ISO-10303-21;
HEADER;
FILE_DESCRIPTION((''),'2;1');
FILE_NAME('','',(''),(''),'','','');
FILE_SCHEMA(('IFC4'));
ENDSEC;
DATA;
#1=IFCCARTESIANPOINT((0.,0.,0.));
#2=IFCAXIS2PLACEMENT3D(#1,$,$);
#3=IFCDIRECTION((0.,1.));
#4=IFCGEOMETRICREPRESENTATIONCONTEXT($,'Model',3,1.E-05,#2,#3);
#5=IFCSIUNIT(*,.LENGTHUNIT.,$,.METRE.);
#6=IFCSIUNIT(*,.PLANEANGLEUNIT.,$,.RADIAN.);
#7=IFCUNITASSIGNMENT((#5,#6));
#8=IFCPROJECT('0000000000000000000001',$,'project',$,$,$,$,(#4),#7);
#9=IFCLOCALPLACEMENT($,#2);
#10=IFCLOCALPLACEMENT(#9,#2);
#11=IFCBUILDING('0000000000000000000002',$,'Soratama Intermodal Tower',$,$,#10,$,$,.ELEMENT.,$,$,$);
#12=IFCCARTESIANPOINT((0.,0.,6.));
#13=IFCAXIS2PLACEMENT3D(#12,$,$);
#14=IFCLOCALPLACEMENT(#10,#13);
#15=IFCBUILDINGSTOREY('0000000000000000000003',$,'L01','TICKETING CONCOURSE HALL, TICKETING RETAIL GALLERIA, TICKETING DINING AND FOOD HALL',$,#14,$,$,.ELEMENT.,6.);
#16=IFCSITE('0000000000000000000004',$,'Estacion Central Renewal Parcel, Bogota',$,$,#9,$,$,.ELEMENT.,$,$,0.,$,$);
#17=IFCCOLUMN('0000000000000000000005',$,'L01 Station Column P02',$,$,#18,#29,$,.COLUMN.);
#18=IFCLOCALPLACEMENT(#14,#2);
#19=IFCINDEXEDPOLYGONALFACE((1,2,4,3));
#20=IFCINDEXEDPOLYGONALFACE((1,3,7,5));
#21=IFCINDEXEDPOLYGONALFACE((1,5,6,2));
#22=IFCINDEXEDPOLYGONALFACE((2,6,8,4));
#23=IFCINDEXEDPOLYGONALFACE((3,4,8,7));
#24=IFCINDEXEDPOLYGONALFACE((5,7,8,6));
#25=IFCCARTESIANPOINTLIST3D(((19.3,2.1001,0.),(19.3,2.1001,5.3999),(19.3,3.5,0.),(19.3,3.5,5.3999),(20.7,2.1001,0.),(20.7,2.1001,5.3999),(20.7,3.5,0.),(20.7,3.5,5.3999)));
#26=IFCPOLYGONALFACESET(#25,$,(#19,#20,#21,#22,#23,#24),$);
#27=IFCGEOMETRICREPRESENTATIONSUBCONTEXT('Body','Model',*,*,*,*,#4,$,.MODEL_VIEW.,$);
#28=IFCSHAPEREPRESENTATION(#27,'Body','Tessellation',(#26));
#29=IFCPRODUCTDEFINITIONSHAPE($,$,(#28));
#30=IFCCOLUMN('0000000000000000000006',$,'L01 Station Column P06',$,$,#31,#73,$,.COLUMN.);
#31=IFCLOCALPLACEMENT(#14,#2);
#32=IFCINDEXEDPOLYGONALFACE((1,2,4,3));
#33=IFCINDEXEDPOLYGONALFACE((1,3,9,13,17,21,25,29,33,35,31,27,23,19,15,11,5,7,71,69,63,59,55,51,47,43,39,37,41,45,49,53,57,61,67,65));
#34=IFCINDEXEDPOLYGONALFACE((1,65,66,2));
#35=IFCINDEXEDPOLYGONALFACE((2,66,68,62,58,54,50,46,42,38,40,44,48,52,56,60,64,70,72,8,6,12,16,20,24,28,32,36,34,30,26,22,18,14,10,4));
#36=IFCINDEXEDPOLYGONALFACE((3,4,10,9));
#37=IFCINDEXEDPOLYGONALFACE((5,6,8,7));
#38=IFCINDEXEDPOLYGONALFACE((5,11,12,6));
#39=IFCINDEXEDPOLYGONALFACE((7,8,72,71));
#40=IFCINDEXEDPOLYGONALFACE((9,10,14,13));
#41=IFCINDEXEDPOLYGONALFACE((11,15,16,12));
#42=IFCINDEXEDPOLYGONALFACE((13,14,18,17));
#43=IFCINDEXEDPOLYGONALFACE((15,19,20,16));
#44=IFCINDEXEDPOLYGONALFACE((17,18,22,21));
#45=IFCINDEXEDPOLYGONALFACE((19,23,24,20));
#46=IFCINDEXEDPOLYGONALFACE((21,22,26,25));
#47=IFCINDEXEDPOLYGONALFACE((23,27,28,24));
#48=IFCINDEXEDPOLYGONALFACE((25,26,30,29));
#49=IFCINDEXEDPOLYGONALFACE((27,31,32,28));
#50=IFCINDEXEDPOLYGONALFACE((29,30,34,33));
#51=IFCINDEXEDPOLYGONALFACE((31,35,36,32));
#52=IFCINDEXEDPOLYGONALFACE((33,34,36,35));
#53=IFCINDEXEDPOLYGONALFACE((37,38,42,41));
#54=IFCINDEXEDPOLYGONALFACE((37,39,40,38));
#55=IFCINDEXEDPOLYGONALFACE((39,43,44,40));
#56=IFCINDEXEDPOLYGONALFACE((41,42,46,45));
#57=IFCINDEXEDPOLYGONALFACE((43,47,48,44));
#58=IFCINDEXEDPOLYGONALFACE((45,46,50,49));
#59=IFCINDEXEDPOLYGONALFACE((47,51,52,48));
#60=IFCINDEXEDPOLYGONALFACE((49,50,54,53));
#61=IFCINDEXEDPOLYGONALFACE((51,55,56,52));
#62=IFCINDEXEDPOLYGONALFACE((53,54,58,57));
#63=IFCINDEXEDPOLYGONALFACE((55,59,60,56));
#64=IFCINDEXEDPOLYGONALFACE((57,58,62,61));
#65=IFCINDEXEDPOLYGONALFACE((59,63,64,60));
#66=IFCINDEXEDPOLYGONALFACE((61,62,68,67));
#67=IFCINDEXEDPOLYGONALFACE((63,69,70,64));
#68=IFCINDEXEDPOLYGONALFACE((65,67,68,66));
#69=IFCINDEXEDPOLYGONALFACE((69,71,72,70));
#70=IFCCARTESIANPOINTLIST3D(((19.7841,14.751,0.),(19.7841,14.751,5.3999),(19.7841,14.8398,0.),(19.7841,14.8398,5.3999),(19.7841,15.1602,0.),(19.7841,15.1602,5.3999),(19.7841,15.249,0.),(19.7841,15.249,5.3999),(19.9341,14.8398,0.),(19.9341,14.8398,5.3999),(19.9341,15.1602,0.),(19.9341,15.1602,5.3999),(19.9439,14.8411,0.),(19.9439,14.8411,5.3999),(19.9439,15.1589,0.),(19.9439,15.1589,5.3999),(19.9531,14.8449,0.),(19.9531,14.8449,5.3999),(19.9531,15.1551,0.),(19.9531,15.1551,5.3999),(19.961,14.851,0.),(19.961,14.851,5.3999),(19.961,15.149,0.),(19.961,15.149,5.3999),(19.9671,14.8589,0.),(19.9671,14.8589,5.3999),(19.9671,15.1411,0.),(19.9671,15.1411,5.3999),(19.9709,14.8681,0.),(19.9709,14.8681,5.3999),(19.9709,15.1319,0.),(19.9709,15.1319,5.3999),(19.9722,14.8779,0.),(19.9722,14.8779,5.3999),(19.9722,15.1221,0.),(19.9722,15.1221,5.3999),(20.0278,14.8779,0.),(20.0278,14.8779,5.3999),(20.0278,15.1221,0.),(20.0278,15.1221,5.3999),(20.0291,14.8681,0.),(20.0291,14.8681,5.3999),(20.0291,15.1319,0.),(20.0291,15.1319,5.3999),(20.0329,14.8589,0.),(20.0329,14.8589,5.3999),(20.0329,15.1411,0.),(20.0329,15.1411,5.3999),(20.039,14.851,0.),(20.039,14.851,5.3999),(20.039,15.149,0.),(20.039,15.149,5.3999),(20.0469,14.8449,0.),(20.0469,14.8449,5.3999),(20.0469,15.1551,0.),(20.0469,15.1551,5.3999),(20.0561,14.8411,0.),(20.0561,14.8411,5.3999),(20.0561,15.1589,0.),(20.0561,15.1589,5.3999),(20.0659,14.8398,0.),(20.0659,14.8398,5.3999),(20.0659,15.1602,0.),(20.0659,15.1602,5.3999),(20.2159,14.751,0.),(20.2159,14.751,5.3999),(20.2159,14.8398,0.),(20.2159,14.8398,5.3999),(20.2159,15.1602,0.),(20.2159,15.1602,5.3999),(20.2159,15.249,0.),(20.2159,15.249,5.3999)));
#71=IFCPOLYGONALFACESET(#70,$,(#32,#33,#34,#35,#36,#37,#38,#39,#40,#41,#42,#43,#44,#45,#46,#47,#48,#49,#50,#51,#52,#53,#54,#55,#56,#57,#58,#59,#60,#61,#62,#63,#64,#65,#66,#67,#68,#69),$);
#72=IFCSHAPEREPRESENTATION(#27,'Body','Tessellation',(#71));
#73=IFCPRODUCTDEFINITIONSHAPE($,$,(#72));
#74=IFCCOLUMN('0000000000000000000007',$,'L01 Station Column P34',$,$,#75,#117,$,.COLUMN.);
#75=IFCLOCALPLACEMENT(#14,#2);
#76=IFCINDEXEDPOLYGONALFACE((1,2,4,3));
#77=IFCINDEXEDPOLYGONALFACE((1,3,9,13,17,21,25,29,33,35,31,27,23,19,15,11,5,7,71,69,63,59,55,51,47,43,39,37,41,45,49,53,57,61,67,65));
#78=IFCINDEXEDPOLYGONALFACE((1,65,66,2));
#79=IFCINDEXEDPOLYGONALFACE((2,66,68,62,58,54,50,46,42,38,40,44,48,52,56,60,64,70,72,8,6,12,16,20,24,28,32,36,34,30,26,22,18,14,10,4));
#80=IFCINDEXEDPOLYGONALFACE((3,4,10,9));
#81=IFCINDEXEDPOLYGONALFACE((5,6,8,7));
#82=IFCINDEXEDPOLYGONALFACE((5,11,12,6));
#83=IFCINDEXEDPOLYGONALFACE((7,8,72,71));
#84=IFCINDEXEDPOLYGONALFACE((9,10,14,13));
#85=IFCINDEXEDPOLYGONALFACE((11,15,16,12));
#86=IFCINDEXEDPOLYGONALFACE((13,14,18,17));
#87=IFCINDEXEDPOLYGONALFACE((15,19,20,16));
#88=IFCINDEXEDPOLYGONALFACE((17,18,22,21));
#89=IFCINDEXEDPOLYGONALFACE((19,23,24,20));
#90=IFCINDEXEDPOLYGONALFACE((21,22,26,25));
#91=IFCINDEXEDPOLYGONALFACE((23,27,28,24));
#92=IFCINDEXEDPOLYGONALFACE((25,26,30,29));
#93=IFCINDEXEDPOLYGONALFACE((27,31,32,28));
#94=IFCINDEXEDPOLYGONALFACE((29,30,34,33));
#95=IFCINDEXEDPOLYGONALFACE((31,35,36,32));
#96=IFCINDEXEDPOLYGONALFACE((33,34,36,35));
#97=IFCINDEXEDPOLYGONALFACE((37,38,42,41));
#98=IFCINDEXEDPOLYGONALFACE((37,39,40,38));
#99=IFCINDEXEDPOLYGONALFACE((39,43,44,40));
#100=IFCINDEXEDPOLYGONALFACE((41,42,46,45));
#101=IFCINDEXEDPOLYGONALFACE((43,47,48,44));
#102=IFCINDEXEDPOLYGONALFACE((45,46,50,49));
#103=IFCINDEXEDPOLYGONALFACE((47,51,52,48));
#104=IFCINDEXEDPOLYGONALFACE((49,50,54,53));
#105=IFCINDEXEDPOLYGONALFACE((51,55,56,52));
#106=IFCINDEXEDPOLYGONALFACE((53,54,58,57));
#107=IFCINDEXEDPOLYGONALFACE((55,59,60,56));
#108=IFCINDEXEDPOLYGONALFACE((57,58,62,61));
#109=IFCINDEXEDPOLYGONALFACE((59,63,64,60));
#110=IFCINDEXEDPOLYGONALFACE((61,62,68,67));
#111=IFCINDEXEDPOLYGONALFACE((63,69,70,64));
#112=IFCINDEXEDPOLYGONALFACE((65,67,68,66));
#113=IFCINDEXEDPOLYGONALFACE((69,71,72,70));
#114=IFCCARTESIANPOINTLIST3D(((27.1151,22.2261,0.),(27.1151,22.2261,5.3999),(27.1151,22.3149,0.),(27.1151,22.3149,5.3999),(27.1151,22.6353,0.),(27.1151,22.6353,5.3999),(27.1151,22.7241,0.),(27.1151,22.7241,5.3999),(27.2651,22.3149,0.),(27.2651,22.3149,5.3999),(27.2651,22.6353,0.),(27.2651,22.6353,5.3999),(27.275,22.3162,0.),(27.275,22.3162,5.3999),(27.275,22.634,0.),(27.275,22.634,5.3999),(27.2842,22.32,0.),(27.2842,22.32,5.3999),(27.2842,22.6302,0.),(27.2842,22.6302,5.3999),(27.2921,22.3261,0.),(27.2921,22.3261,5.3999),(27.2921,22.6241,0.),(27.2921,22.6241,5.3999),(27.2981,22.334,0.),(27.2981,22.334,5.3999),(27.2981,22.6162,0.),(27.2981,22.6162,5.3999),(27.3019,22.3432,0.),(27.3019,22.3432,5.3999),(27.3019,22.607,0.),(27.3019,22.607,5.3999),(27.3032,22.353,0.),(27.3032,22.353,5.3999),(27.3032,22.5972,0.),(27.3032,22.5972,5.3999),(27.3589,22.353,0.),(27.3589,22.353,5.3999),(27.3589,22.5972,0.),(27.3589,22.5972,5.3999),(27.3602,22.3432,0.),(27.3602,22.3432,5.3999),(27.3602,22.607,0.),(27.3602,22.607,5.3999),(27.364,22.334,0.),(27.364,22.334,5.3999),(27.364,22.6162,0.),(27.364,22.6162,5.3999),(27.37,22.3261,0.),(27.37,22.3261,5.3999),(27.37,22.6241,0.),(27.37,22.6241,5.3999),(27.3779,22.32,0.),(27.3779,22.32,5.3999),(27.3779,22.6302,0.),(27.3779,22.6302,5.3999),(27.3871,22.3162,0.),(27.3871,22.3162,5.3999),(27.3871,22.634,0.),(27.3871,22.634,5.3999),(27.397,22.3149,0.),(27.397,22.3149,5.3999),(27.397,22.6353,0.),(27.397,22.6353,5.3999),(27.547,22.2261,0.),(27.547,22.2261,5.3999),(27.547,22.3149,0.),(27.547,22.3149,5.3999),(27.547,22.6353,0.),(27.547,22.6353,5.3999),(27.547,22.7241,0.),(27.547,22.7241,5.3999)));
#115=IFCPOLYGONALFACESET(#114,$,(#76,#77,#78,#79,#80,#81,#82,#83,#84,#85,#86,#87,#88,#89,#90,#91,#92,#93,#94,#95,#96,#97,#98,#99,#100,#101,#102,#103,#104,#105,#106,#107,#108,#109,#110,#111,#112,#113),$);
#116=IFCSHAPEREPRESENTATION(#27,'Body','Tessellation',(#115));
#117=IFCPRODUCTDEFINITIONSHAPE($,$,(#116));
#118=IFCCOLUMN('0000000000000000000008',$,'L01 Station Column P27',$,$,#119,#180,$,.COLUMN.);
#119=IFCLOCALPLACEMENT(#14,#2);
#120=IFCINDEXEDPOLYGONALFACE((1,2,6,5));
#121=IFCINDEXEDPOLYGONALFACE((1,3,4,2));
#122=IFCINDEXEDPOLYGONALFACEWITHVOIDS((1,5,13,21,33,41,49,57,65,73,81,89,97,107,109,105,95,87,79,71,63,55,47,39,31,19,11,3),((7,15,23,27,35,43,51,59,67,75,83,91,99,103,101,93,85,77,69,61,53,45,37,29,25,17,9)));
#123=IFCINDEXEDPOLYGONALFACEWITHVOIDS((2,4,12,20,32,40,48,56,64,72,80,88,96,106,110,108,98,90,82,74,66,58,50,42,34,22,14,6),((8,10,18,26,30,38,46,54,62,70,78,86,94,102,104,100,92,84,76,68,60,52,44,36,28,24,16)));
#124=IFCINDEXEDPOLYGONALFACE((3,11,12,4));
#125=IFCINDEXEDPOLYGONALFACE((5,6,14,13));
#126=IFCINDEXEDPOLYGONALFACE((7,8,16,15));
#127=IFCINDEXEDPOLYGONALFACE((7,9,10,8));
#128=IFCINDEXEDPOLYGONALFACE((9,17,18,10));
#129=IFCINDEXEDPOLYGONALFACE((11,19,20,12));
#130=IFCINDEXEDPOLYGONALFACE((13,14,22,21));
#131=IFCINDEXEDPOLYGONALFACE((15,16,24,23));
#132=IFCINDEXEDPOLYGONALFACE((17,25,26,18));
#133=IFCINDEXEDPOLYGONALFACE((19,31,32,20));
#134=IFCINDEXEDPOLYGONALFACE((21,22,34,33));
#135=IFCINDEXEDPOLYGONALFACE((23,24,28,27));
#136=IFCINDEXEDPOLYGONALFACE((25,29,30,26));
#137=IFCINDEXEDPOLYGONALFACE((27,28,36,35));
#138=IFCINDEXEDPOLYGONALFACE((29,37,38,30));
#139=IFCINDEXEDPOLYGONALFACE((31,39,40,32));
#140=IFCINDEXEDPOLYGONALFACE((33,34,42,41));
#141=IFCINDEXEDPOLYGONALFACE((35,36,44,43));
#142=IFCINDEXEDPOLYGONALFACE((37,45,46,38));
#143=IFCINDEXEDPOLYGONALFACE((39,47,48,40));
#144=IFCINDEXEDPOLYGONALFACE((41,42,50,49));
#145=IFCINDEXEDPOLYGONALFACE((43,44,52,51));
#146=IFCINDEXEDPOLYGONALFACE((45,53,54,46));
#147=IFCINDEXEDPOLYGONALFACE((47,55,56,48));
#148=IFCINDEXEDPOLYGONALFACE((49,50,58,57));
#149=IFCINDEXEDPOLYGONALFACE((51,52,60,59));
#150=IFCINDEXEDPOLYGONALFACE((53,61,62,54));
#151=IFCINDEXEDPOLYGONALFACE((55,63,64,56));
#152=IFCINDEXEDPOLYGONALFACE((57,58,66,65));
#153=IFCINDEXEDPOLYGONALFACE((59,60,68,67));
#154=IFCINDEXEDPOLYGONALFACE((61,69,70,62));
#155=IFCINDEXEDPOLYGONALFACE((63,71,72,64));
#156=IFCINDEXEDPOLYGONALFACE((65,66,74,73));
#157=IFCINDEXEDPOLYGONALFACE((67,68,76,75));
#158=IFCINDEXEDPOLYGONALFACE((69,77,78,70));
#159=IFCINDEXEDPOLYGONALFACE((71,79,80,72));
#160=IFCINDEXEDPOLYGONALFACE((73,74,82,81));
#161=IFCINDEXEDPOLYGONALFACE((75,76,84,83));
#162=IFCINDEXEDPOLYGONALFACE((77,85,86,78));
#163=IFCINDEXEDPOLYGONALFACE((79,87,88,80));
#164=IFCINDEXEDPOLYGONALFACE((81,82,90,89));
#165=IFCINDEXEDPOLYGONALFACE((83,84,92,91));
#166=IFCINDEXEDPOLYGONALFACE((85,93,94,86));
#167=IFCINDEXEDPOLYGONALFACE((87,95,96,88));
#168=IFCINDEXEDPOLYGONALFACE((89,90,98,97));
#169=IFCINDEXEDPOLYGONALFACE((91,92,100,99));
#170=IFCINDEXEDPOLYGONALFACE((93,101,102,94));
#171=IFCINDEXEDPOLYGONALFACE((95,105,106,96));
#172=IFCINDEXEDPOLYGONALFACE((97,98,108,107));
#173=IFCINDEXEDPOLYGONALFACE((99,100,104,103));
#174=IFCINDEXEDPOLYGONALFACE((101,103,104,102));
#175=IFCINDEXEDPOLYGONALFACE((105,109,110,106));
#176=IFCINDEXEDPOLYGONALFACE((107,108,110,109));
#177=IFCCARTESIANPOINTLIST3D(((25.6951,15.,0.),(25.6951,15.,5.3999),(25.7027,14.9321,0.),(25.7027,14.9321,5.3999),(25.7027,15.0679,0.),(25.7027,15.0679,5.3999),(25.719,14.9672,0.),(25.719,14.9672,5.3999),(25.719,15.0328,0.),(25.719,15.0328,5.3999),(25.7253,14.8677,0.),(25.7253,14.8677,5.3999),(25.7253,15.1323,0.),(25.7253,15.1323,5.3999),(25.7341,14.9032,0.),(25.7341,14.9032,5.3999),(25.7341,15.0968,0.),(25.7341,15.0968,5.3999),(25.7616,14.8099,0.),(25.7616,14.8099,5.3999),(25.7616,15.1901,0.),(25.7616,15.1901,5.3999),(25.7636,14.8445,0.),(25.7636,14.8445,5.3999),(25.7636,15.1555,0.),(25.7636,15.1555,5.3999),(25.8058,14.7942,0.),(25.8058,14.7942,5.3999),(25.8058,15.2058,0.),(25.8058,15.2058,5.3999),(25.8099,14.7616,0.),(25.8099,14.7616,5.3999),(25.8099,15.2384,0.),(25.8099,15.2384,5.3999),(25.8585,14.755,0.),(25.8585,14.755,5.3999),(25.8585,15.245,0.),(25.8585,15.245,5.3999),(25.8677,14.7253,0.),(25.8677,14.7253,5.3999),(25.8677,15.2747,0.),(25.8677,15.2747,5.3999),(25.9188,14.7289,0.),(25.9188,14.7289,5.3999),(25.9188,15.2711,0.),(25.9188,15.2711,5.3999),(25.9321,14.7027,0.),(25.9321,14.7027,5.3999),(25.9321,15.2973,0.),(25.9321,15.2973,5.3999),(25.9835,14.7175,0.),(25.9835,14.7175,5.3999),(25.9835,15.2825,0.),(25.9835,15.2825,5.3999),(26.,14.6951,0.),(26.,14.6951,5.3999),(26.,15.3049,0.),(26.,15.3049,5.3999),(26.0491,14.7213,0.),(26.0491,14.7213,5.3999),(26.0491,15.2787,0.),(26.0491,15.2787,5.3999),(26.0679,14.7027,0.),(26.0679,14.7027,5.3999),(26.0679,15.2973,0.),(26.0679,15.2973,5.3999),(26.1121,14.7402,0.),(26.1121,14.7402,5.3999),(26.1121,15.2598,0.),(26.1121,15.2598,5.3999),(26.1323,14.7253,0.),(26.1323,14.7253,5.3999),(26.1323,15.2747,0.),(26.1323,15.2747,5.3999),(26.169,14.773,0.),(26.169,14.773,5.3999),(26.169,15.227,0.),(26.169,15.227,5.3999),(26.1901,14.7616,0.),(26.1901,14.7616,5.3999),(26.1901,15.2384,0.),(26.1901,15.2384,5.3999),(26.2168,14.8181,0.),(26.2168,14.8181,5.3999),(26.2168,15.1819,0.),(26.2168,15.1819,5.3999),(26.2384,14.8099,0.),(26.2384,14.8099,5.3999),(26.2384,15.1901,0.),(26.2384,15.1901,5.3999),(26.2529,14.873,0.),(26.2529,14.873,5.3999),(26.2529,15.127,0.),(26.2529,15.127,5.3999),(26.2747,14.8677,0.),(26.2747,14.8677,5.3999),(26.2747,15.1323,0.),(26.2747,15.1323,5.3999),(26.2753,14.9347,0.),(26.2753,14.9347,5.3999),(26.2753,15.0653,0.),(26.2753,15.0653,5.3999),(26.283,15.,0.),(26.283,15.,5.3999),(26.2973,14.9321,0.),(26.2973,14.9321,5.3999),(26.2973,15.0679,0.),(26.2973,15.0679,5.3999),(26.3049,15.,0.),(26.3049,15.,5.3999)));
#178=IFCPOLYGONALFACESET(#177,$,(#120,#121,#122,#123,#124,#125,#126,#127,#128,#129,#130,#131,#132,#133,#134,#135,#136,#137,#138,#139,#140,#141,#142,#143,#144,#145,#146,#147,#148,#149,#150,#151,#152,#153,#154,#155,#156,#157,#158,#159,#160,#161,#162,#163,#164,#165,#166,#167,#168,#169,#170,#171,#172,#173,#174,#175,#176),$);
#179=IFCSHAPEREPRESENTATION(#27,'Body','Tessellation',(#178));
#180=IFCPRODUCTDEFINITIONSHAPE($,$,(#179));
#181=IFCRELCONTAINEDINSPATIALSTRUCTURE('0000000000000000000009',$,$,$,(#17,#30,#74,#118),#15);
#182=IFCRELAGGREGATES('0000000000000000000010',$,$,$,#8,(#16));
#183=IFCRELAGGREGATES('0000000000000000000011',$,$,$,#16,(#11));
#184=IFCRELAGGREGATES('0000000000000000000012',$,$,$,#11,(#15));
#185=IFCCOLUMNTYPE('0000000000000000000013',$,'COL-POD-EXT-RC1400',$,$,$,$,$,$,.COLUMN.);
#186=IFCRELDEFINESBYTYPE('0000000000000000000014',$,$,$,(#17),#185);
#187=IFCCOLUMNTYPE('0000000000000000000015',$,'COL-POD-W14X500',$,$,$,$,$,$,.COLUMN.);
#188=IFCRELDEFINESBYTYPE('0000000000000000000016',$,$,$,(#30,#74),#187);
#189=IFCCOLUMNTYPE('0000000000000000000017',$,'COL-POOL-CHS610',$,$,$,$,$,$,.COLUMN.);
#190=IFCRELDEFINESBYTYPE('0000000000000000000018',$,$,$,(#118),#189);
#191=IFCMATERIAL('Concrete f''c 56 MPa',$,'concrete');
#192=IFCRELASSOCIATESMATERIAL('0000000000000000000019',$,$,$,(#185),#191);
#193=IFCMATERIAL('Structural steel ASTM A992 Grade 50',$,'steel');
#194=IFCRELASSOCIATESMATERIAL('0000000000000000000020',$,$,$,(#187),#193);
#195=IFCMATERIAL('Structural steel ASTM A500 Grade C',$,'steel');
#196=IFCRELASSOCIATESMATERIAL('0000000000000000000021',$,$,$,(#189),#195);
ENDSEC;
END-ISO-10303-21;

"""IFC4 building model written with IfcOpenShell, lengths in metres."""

from ifc_helpers import new_model, si_unit, direction, frame, origin, origin_2d, place, context, subcontext, project, spatial, rectangle, hollow_circle, i_section, extrude, material, material_profile, profile_set, type_object, element, save


model = new_model("IFC4")

# Units and contexts
model_context = context("Model", 3, precision=1e-05, world=origin(), true_north=direction((0.0, 1.0)))
body_context = subcontext(model_context, "Body", "Model", "MODEL_VIEW")
ifc_project = project(units=[si_unit("LENGTHUNIT", "METRE"), si_unit("PLANEANGLEUNIT", "RADIAN")], contexts=[model_context])

# Site, building, storey
site_placement = place(None, origin())
site = spatial("IfcSite", under=ifc_project, at=site_placement, Name="Estacion Central Renewal Parcel, Bogota", CompositionType="ELEMENT", RefElevation=0.0)
building_placement = place(site_placement, origin())
building = spatial("IfcBuilding", under=site, at=building_placement, Name="Soratama Intermodal Tower", CompositionType="ELEMENT")
storey_placement = place(building_placement, frame((0.0, 0.0, 6.0)))
storey = spatial("IfcBuildingStorey", under=building, at=storey_placement, Name="L01", Description="TICKETING CONCOURSE HALL, TICKETING RETAIL GALLERIA, TICKETING DINING AND FOOD HALL", CompositionType="ELEMENT", Elevation=6.0)

# Columns
ifc_material_1 = material(Name="Concrete f'c 56 MPa", Category="concrete")
ifc_material_profile_1 = material_profile(ifc_material_1, rectangle(XDim=1.3999, YDim=1.3999, at=origin_2d()), Name="RC1400X1400")
ifc_profile_set_1 = profile_set([ifc_material_profile_1], Name="Concrete f'c 56 MPa")
column_type_1 = type_object("IfcColumnType", Name="COL-POD-EXT-RC1400", PredefinedType="COLUMN", material=ifc_profile_set_1)
column_1_placement = place(storey_placement, frame((20.0, 2.8, 0.0), z_axis=(0.0, 0.0, 1.0), x_axis=(1.0, 0.0, 0.0)))
element("IfcColumn", 1, at=column_1_placement, inside=storey, type_object=column_type_1, Name="L01 Station Column P02", PredefinedType="COLUMN", context=body_context, shape_type="SweptSolid", body=[
    extrude(rectangle(XDim=1.3999, YDim=1.3999, at=origin_2d()), origin(), (0.0, 0.0, 1.0), 5.3999),
])
ifc_material_2 = material(Name="Structural steel ASTM A992 Grade 50", Category="steel")
ifc_material_profile_2 = material_profile(ifc_material_2, i_section(OverallWidth=0.4319, OverallDepth=0.498, WebThickness=0.0557, FlangeThickness=0.0889, FilletRadius=0.0381, at=origin_2d()), Name="W14X500")
ifc_profile_set_2 = profile_set([ifc_material_profile_2], Name="Structural steel ASTM A992 Grade 50")
column_type_2 = type_object("IfcColumnType", Name="COL-POD-W14X500", PredefinedType="COLUMN", material=ifc_profile_set_2)
for number, where, z_axis, x_axis, name in (
    (2, (20.0, 15.0, 0.0), (0.0, 0.0, 1.0), (1.0, 0.0, 0.0), "L01 Station Column P06"),
    (3, (27.3311, 22.4751, 0.0), (0.0, 0.0, 1.0), (1.0, 0.0, 0.0), "L01 Station Column P34"),
):
    element("IfcColumn", number, at=place(storey_placement, frame(where, z_axis=z_axis, x_axis=x_axis)), inside=storey, type_object=column_type_2, Name=name, PredefinedType="COLUMN", context=body_context, shape_type="SweptSolid", body=[
        extrude(i_section(OverallWidth=0.4319, OverallDepth=0.498, WebThickness=0.0557, FlangeThickness=0.0889, FilletRadius=0.0381, at=origin_2d()), origin(), (0.0, 0.0, 1.0), 5.3999),
    ])
ifc_material_3 = material(Name="Structural steel ASTM A500 Grade C", Category="steel")
ifc_material_profile_3 = material_profile(ifc_material_3, hollow_circle(Radius=0.3049, WallThickness=0.022, at=origin_2d()), Name="CHS610X22")
ifc_profile_set_3 = profile_set([ifc_material_profile_3], Name="Structural steel ASTM A500 Grade C")
column_type_3 = type_object("IfcColumnType", Name="COL-POOL-CHS610", PredefinedType="COLUMN", material=ifc_profile_set_3)
column_2_placement = place(storey_placement, frame((26.0, 15.0, 0.0), z_axis=(0.0, 0.0, 1.0), x_axis=(1.0, 0.0, 0.0)))
element("IfcColumn", 4, at=column_2_placement, inside=storey, type_object=column_type_3, Name="L01 Station Column P27", PredefinedType="COLUMN", context=body_context, shape_type="SweptSolid", body=[
    extrude(hollow_circle(Radius=0.3049, WallThickness=0.022, at=origin_2d()), origin(), (0.0, 0.0, 1.0), 5.3999),
])

save(model, "model.ifc")
